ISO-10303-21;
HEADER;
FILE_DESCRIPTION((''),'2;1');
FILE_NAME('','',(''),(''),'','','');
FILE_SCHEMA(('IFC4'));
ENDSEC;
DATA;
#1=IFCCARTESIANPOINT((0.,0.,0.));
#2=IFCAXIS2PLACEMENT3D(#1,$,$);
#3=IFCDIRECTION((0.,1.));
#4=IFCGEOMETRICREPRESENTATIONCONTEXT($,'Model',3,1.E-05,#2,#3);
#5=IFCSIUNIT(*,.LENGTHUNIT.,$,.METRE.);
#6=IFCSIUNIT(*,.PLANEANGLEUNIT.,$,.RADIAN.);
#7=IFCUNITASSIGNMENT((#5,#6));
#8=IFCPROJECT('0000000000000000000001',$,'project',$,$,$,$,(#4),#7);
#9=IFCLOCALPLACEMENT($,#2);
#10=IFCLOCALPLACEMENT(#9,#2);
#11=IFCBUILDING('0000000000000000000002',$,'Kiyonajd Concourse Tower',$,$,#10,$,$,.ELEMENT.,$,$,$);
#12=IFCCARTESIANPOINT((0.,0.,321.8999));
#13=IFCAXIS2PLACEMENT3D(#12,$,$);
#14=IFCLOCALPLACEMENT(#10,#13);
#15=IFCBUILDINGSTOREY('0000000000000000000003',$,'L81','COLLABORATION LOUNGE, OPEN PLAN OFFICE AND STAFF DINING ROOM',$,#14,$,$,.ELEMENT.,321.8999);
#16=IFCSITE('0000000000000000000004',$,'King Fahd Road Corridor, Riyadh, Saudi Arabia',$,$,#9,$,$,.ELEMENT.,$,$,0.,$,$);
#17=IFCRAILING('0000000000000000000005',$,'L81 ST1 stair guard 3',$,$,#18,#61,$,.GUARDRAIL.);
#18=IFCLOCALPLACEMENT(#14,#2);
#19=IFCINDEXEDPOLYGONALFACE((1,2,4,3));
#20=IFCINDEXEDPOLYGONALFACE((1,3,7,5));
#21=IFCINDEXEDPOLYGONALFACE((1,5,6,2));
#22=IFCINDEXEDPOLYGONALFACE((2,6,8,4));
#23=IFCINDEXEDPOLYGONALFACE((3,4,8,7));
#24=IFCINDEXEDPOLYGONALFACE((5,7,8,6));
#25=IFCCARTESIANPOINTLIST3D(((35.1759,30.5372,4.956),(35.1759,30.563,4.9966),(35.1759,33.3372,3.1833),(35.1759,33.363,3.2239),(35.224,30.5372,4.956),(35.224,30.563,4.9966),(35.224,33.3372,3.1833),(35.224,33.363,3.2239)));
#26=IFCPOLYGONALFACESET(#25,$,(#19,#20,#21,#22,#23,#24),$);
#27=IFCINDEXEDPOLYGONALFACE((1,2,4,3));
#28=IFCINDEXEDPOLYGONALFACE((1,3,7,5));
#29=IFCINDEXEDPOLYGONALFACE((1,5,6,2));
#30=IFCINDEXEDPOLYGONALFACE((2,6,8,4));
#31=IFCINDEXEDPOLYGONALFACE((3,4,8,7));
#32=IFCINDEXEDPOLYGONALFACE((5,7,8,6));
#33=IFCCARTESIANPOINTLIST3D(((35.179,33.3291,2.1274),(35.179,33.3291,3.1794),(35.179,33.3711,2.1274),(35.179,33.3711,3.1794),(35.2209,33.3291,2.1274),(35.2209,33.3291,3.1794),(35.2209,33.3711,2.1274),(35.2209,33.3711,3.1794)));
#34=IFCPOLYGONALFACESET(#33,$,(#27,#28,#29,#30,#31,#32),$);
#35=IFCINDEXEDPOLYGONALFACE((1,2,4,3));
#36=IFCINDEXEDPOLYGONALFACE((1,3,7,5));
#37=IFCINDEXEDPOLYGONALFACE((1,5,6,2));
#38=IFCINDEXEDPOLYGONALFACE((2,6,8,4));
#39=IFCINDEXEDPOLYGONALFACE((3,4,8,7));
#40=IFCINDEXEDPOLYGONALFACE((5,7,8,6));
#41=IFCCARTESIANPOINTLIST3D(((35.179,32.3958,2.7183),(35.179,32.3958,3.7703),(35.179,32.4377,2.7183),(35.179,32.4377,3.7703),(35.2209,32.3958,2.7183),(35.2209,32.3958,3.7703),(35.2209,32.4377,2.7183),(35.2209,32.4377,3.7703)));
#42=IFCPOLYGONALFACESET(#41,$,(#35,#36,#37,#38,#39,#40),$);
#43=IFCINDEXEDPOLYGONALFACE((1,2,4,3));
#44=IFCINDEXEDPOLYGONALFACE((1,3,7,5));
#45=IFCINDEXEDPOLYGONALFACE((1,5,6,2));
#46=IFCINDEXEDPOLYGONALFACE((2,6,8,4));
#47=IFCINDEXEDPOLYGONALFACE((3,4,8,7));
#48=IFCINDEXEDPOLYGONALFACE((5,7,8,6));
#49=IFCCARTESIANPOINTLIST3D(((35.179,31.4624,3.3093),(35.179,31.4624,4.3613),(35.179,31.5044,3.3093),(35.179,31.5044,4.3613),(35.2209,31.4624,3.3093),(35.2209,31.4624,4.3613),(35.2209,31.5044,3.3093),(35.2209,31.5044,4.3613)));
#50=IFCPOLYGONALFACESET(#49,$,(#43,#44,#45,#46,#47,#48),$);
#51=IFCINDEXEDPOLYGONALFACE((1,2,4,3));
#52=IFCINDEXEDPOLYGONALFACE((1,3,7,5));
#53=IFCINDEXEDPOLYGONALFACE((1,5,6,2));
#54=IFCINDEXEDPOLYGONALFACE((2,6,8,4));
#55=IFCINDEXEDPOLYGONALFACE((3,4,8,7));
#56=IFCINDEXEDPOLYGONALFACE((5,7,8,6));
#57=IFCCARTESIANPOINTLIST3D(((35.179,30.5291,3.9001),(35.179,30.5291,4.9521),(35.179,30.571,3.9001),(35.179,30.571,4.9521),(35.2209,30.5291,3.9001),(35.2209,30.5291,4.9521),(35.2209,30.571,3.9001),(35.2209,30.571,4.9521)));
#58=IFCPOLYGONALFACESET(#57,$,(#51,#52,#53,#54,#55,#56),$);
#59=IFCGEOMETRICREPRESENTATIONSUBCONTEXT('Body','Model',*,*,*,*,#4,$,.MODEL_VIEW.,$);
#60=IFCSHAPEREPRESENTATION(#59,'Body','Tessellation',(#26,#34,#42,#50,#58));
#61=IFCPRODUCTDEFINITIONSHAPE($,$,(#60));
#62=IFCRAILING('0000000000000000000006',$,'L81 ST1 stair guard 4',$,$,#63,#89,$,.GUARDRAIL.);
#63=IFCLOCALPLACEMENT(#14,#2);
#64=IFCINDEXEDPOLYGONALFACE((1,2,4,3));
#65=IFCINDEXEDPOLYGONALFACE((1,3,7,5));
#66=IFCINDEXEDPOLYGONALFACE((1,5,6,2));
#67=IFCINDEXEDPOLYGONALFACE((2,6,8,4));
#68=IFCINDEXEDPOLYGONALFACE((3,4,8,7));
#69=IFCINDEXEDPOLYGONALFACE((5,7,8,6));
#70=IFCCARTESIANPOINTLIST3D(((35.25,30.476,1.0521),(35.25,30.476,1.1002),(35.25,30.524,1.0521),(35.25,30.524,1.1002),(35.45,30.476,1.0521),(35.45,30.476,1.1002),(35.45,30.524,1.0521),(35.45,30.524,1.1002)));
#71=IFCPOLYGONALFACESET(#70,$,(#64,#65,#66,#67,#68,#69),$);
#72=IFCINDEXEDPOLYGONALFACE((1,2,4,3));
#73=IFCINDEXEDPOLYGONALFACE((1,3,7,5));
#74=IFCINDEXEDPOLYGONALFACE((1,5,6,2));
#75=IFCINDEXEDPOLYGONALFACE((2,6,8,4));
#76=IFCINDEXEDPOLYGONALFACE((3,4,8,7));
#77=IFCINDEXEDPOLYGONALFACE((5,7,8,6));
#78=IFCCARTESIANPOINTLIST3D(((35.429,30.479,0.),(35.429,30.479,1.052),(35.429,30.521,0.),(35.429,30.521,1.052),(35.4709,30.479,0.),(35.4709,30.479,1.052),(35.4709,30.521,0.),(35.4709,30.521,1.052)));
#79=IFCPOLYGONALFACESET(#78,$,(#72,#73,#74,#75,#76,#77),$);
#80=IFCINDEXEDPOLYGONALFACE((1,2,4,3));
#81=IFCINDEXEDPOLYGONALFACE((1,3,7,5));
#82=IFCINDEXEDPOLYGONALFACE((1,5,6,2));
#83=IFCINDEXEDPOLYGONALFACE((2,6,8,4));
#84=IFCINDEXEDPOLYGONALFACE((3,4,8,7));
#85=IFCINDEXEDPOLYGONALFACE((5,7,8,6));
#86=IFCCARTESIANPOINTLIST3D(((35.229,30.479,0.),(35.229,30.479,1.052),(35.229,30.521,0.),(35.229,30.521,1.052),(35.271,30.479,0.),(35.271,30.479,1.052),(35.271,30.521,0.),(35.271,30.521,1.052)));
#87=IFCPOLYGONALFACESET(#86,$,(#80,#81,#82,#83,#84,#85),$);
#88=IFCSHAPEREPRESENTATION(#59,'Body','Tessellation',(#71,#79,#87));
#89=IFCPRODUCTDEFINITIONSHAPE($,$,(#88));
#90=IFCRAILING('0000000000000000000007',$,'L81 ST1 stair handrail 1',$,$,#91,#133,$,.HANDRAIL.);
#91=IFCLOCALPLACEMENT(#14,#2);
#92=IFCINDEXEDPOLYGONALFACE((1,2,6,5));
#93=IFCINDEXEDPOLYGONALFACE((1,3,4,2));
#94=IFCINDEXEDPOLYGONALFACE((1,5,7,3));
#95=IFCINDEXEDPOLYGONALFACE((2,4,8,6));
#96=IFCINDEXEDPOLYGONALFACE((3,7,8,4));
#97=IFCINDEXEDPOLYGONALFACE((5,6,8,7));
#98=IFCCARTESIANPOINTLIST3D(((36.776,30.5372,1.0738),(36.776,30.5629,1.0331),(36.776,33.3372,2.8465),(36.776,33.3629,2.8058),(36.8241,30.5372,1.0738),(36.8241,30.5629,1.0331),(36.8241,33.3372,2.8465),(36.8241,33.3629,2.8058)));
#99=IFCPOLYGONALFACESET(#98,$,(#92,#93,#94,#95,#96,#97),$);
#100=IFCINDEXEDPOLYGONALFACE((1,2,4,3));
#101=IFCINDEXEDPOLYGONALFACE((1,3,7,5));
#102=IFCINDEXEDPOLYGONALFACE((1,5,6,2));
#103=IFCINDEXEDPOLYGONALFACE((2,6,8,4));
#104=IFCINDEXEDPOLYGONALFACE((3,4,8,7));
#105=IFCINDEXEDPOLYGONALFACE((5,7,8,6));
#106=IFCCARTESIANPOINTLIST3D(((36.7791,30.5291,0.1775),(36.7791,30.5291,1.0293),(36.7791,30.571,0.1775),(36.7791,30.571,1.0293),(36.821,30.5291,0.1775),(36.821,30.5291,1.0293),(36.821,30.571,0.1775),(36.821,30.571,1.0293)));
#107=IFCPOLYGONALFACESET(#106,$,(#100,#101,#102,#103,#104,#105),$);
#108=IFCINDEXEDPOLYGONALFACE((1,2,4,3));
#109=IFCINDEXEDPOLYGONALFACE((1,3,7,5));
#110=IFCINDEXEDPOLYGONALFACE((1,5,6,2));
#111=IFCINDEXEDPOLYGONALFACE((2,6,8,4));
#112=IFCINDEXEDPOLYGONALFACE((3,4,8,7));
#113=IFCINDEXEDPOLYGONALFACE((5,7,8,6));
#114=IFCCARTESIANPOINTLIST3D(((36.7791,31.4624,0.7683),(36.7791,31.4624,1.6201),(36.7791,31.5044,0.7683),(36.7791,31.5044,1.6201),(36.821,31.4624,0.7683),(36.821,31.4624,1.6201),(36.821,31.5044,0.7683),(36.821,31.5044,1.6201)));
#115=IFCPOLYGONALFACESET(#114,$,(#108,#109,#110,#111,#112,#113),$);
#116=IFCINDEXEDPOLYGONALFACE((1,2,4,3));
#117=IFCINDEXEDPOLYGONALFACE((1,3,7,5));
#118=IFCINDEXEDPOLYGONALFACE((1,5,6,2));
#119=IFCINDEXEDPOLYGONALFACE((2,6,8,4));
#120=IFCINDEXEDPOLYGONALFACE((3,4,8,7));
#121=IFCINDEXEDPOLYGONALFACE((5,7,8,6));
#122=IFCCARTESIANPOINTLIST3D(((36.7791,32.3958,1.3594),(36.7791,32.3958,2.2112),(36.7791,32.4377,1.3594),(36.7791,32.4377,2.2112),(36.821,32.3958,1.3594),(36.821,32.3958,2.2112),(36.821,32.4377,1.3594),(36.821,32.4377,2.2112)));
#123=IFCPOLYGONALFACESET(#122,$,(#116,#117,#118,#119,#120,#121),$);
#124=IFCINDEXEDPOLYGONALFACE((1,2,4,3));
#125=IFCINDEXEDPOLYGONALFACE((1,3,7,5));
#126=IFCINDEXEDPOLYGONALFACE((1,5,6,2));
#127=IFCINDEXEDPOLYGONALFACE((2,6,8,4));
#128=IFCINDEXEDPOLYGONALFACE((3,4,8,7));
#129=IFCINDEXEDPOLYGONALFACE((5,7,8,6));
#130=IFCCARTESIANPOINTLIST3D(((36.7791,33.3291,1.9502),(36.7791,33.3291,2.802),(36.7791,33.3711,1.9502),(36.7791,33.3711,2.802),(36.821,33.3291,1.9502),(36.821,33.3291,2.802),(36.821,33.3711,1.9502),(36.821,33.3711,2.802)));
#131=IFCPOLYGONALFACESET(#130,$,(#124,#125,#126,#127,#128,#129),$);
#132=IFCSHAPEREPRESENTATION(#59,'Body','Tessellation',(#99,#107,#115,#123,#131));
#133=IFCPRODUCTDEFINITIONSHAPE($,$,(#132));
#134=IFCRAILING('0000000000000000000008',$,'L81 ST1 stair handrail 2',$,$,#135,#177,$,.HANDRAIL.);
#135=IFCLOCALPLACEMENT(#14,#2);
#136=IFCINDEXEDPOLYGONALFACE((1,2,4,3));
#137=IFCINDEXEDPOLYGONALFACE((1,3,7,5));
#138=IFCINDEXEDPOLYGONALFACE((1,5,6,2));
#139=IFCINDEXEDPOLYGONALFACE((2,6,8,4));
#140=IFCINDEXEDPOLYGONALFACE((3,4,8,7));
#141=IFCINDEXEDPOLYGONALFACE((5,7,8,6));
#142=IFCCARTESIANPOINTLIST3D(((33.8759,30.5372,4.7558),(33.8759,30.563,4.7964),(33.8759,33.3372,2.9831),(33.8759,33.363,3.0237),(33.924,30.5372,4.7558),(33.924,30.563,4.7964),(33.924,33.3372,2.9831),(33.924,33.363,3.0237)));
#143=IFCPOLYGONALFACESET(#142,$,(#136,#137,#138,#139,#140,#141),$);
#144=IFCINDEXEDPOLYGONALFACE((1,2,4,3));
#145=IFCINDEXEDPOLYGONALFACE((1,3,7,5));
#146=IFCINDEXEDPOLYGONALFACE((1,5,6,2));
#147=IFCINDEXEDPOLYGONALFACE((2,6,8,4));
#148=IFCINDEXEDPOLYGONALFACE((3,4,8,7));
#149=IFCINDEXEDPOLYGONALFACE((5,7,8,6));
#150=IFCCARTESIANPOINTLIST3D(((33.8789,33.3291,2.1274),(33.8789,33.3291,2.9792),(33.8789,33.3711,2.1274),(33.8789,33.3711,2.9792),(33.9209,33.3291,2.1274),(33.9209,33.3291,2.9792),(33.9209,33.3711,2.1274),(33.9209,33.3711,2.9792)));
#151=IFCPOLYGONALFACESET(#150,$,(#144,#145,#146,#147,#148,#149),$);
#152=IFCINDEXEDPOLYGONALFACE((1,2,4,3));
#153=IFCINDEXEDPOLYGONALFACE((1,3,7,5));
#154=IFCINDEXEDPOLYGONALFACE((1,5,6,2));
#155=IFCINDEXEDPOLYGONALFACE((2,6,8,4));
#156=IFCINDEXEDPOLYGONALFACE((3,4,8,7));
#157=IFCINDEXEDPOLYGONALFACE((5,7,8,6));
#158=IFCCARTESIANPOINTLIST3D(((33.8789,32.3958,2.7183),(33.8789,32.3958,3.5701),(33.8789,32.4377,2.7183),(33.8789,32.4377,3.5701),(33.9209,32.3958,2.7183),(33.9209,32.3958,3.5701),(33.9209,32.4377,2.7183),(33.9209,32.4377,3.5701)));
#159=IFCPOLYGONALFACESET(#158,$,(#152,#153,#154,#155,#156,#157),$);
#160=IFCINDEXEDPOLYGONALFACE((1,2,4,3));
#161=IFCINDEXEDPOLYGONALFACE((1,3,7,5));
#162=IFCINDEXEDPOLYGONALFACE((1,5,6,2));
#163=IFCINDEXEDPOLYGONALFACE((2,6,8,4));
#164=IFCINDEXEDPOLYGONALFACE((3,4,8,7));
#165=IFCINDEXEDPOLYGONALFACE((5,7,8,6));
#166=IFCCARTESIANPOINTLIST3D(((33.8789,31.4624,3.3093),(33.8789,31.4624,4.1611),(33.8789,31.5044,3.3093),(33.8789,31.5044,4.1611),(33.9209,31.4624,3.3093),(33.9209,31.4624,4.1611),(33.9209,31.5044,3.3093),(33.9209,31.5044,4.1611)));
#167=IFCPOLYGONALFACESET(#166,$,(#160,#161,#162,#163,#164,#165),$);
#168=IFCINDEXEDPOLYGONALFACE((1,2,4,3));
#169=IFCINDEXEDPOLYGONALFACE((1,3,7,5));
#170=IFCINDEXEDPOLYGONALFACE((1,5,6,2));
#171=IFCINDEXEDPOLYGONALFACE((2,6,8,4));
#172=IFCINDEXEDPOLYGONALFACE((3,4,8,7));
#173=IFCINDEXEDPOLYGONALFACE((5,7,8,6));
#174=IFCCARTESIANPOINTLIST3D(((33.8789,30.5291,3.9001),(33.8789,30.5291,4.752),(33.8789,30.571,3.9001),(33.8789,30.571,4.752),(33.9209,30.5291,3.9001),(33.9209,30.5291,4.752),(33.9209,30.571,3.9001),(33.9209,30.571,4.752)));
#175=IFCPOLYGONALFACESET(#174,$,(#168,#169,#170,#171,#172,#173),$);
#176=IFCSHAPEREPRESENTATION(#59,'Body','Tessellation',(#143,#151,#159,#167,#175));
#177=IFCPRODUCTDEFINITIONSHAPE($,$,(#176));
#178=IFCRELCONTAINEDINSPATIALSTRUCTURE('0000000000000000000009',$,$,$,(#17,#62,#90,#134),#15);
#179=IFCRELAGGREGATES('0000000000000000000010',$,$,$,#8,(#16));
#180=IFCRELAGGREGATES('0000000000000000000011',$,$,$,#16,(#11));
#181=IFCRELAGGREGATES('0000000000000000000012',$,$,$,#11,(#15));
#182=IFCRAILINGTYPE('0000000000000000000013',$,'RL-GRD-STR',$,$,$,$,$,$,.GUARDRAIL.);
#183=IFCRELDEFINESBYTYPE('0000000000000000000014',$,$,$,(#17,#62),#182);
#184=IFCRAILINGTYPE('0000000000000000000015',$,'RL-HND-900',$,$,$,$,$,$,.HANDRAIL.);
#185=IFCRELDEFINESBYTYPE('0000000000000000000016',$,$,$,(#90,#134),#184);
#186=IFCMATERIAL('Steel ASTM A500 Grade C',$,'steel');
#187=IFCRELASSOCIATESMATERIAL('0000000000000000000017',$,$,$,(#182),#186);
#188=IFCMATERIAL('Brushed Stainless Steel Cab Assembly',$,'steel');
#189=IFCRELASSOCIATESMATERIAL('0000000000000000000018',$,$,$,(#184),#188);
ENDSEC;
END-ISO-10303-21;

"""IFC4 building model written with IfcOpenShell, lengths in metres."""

from ifc_helpers import new_model, si_unit, direction, frame, origin, origin_2d, place, context, subcontext, project, spatial, rectangle, extrude, material, type_object, element, save


model = new_model("IFC4")

# Units and contexts
model_context = context("Model", 3, precision=1e-05, world=origin(), true_north=direction((0.0, 1.0)))
body_context = subcontext(model_context, "Body", "Model", "MODEL_VIEW")
ifc_project = project(units=[si_unit("LENGTHUNIT", "METRE"), si_unit("PLANEANGLEUNIT", "RADIAN")], contexts=[model_context])

# Site, building, storey
site_placement = place(None, origin())
site = spatial("IfcSite", under=ifc_project, at=site_placement, Name="King Fahd Road Corridor, Riyadh, Saudi Arabia", CompositionType="ELEMENT", RefElevation=0.0)
building_placement = place(site_placement, origin())
building = spatial("IfcBuilding", under=site, at=building_placement, Name="Kiyonajd Concourse Tower", CompositionType="ELEMENT")
storey_placement = place(building_placement, frame((0.0, 0.0, 321.8999)))
storey = spatial("IfcBuildingStorey", under=building, at=storey_placement, Name="L81", Description="COLLABORATION LOUNGE, OPEN PLAN OFFICE AND STAFF DINING ROOM", CompositionType="ELEMENT", Elevation=321.8999)

# Shared definitions
ifc_material_1 = material(Name="Brushed Stainless Steel Cab Assembly", Category="steel")

# Railings
ifc_material_2 = material(Name="Steel ASTM A500 Grade C", Category="steel")
railing_type_1 = type_object("IfcRailingType", Name="RL-GRD-STR", PredefinedType="GUARDRAIL", material=ifc_material_2)
railing_1_placement = place(storey_placement, frame((35.2, 33.3501, 2.1274)))
element("IfcRailing", 1, at=railing_1_placement, inside=storey, type_object=railing_type_1, Name="L81 ST1 stair guard 3", PredefinedType="GUARDRAIL", context=body_context, shape_type="SweptSolid", body=[
    extrude(rectangle(XDim=0.0481, YDim=0.0481, at=origin_2d()), frame((0.0, 0.0, 1.0762), z_axis=(0.0, -0.844909, 0.53491), x_axis=(1.0, 0.0, 0.0)), (0.0, 0.0, 1.0), 3.314),
    extrude(rectangle(XDim=0.042, YDim=0.042, at=origin_2d()), origin(), (0.0, 0.0, 1.0), 1.052),
    extrude(rectangle(XDim=0.042, YDim=0.042, at=origin_2d()), frame((0.0, -0.9333, 0.5908)), (0.0, 0.0, 1.0), 1.052),
    extrude(rectangle(XDim=0.042, YDim=0.042, at=origin_2d()), frame((0.0, -1.8667, 1.1819)), (0.0, 0.0, 1.0), 1.052),
    extrude(rectangle(XDim=0.042, YDim=0.042, at=origin_2d()), frame((0.0, -2.8, 1.7727)), (0.0, 0.0, 1.0), 1.052),
])
railing_2_placement = place(storey_placement, frame((35.45, 30.5, 0.0)))
element("IfcRailing", 2, at=railing_2_placement, inside=storey, type_object=railing_type_1, Name="L81 ST1 stair guard 4", PredefinedType="GUARDRAIL", context=body_context, shape_type="SweptSolid", body=[
    extrude(rectangle(XDim=0.0481, YDim=0.0481, at=origin_2d()), frame((0.0, 0.0, 1.0762), z_axis=(-1.0, 0.0, 0.0), x_axis=(0.0, -1.0, 0.0)), (0.0, 0.0, 1.0), 0.2),
    extrude(rectangle(XDim=0.042, YDim=0.042, at=origin_2d()), origin(), (0.0, 0.0, 1.0), 1.052),
    extrude(rectangle(XDim=0.042, YDim=0.042, at=origin_2d()), frame((-0.2, 0.0, 0.0)), (0.0, 0.0, 1.0), 1.052),
])
railing_type_2 = type_object("IfcRailingType", Name="RL-HND-900", PredefinedType="HANDRAIL", material=ifc_material_1)
railing_3_placement = place(storey_placement, frame((36.8, 30.55, 0.1775)))
element("IfcRailing", 3, at=railing_3_placement, inside=storey, type_object=railing_type_2, Name="L81 ST1 stair handrail 1", PredefinedType="HANDRAIL", context=body_context, shape_type="SweptSolid", body=[
    extrude(rectangle(XDim=0.0481, YDim=0.0481, at=origin_2d()), frame((0.0, 0.0, 0.876), z_axis=(0.0, 0.844909, 0.53491), x_axis=(-1.0, 0.0, 0.0)), (0.0, 0.0, 1.0), 3.314),
    extrude(rectangle(XDim=0.042, YDim=0.042, at=origin_2d()), origin(), (0.0, 0.0, 1.0), 0.8518),
    extrude(rectangle(XDim=0.042, YDim=0.042, at=origin_2d()), frame((0.0, 0.9333, 0.5908)), (0.0, 0.0, 1.0), 0.8518),
    extrude(rectangle(XDim=0.042, YDim=0.042, at=origin_2d()), frame((0.0, 1.8667, 1.1819)), (0.0, 0.0, 1.0), 0.8518),
    extrude(rectangle(XDim=0.042, YDim=0.042, at=origin_2d()), frame((0.0, 2.8, 1.7727)), (0.0, 0.0, 1.0), 0.8518),
])
railing_4_placement = place(storey_placement, frame((33.8999, 33.3501, 2.1274)))
element("IfcRailing", 4, at=railing_4_placement, inside=storey, type_object=railing_type_2, Name="L81 ST1 stair handrail 2", PredefinedType="HANDRAIL", context=body_context, shape_type="SweptSolid", body=[
    extrude(rectangle(XDim=0.0481, YDim=0.0481, at=origin_2d()), frame((0.0, 0.0, 0.876), z_axis=(0.0, -0.844909, 0.53491), x_axis=(1.0, 0.0, 0.0)), (0.0, 0.0, 1.0), 3.314),
    extrude(rectangle(XDim=0.042, YDim=0.042, at=origin_2d()), origin(), (0.0, 0.0, 1.0), 0.8518),
    extrude(rectangle(XDim=0.042, YDim=0.042, at=origin_2d()), frame((0.0, -0.9333, 0.5908)), (0.0, 0.0, 1.0), 0.8518),
    extrude(rectangle(XDim=0.042, YDim=0.042, at=origin_2d()), frame((0.0, -1.8667, 1.1819)), (0.0, 0.0, 1.0), 0.8518),
    extrude(rectangle(XDim=0.042, YDim=0.042, at=origin_2d()), frame((0.0, -2.8, 1.7727)), (0.0, 0.0, 1.0), 0.8518),
])

save(model, "model.ifc")
